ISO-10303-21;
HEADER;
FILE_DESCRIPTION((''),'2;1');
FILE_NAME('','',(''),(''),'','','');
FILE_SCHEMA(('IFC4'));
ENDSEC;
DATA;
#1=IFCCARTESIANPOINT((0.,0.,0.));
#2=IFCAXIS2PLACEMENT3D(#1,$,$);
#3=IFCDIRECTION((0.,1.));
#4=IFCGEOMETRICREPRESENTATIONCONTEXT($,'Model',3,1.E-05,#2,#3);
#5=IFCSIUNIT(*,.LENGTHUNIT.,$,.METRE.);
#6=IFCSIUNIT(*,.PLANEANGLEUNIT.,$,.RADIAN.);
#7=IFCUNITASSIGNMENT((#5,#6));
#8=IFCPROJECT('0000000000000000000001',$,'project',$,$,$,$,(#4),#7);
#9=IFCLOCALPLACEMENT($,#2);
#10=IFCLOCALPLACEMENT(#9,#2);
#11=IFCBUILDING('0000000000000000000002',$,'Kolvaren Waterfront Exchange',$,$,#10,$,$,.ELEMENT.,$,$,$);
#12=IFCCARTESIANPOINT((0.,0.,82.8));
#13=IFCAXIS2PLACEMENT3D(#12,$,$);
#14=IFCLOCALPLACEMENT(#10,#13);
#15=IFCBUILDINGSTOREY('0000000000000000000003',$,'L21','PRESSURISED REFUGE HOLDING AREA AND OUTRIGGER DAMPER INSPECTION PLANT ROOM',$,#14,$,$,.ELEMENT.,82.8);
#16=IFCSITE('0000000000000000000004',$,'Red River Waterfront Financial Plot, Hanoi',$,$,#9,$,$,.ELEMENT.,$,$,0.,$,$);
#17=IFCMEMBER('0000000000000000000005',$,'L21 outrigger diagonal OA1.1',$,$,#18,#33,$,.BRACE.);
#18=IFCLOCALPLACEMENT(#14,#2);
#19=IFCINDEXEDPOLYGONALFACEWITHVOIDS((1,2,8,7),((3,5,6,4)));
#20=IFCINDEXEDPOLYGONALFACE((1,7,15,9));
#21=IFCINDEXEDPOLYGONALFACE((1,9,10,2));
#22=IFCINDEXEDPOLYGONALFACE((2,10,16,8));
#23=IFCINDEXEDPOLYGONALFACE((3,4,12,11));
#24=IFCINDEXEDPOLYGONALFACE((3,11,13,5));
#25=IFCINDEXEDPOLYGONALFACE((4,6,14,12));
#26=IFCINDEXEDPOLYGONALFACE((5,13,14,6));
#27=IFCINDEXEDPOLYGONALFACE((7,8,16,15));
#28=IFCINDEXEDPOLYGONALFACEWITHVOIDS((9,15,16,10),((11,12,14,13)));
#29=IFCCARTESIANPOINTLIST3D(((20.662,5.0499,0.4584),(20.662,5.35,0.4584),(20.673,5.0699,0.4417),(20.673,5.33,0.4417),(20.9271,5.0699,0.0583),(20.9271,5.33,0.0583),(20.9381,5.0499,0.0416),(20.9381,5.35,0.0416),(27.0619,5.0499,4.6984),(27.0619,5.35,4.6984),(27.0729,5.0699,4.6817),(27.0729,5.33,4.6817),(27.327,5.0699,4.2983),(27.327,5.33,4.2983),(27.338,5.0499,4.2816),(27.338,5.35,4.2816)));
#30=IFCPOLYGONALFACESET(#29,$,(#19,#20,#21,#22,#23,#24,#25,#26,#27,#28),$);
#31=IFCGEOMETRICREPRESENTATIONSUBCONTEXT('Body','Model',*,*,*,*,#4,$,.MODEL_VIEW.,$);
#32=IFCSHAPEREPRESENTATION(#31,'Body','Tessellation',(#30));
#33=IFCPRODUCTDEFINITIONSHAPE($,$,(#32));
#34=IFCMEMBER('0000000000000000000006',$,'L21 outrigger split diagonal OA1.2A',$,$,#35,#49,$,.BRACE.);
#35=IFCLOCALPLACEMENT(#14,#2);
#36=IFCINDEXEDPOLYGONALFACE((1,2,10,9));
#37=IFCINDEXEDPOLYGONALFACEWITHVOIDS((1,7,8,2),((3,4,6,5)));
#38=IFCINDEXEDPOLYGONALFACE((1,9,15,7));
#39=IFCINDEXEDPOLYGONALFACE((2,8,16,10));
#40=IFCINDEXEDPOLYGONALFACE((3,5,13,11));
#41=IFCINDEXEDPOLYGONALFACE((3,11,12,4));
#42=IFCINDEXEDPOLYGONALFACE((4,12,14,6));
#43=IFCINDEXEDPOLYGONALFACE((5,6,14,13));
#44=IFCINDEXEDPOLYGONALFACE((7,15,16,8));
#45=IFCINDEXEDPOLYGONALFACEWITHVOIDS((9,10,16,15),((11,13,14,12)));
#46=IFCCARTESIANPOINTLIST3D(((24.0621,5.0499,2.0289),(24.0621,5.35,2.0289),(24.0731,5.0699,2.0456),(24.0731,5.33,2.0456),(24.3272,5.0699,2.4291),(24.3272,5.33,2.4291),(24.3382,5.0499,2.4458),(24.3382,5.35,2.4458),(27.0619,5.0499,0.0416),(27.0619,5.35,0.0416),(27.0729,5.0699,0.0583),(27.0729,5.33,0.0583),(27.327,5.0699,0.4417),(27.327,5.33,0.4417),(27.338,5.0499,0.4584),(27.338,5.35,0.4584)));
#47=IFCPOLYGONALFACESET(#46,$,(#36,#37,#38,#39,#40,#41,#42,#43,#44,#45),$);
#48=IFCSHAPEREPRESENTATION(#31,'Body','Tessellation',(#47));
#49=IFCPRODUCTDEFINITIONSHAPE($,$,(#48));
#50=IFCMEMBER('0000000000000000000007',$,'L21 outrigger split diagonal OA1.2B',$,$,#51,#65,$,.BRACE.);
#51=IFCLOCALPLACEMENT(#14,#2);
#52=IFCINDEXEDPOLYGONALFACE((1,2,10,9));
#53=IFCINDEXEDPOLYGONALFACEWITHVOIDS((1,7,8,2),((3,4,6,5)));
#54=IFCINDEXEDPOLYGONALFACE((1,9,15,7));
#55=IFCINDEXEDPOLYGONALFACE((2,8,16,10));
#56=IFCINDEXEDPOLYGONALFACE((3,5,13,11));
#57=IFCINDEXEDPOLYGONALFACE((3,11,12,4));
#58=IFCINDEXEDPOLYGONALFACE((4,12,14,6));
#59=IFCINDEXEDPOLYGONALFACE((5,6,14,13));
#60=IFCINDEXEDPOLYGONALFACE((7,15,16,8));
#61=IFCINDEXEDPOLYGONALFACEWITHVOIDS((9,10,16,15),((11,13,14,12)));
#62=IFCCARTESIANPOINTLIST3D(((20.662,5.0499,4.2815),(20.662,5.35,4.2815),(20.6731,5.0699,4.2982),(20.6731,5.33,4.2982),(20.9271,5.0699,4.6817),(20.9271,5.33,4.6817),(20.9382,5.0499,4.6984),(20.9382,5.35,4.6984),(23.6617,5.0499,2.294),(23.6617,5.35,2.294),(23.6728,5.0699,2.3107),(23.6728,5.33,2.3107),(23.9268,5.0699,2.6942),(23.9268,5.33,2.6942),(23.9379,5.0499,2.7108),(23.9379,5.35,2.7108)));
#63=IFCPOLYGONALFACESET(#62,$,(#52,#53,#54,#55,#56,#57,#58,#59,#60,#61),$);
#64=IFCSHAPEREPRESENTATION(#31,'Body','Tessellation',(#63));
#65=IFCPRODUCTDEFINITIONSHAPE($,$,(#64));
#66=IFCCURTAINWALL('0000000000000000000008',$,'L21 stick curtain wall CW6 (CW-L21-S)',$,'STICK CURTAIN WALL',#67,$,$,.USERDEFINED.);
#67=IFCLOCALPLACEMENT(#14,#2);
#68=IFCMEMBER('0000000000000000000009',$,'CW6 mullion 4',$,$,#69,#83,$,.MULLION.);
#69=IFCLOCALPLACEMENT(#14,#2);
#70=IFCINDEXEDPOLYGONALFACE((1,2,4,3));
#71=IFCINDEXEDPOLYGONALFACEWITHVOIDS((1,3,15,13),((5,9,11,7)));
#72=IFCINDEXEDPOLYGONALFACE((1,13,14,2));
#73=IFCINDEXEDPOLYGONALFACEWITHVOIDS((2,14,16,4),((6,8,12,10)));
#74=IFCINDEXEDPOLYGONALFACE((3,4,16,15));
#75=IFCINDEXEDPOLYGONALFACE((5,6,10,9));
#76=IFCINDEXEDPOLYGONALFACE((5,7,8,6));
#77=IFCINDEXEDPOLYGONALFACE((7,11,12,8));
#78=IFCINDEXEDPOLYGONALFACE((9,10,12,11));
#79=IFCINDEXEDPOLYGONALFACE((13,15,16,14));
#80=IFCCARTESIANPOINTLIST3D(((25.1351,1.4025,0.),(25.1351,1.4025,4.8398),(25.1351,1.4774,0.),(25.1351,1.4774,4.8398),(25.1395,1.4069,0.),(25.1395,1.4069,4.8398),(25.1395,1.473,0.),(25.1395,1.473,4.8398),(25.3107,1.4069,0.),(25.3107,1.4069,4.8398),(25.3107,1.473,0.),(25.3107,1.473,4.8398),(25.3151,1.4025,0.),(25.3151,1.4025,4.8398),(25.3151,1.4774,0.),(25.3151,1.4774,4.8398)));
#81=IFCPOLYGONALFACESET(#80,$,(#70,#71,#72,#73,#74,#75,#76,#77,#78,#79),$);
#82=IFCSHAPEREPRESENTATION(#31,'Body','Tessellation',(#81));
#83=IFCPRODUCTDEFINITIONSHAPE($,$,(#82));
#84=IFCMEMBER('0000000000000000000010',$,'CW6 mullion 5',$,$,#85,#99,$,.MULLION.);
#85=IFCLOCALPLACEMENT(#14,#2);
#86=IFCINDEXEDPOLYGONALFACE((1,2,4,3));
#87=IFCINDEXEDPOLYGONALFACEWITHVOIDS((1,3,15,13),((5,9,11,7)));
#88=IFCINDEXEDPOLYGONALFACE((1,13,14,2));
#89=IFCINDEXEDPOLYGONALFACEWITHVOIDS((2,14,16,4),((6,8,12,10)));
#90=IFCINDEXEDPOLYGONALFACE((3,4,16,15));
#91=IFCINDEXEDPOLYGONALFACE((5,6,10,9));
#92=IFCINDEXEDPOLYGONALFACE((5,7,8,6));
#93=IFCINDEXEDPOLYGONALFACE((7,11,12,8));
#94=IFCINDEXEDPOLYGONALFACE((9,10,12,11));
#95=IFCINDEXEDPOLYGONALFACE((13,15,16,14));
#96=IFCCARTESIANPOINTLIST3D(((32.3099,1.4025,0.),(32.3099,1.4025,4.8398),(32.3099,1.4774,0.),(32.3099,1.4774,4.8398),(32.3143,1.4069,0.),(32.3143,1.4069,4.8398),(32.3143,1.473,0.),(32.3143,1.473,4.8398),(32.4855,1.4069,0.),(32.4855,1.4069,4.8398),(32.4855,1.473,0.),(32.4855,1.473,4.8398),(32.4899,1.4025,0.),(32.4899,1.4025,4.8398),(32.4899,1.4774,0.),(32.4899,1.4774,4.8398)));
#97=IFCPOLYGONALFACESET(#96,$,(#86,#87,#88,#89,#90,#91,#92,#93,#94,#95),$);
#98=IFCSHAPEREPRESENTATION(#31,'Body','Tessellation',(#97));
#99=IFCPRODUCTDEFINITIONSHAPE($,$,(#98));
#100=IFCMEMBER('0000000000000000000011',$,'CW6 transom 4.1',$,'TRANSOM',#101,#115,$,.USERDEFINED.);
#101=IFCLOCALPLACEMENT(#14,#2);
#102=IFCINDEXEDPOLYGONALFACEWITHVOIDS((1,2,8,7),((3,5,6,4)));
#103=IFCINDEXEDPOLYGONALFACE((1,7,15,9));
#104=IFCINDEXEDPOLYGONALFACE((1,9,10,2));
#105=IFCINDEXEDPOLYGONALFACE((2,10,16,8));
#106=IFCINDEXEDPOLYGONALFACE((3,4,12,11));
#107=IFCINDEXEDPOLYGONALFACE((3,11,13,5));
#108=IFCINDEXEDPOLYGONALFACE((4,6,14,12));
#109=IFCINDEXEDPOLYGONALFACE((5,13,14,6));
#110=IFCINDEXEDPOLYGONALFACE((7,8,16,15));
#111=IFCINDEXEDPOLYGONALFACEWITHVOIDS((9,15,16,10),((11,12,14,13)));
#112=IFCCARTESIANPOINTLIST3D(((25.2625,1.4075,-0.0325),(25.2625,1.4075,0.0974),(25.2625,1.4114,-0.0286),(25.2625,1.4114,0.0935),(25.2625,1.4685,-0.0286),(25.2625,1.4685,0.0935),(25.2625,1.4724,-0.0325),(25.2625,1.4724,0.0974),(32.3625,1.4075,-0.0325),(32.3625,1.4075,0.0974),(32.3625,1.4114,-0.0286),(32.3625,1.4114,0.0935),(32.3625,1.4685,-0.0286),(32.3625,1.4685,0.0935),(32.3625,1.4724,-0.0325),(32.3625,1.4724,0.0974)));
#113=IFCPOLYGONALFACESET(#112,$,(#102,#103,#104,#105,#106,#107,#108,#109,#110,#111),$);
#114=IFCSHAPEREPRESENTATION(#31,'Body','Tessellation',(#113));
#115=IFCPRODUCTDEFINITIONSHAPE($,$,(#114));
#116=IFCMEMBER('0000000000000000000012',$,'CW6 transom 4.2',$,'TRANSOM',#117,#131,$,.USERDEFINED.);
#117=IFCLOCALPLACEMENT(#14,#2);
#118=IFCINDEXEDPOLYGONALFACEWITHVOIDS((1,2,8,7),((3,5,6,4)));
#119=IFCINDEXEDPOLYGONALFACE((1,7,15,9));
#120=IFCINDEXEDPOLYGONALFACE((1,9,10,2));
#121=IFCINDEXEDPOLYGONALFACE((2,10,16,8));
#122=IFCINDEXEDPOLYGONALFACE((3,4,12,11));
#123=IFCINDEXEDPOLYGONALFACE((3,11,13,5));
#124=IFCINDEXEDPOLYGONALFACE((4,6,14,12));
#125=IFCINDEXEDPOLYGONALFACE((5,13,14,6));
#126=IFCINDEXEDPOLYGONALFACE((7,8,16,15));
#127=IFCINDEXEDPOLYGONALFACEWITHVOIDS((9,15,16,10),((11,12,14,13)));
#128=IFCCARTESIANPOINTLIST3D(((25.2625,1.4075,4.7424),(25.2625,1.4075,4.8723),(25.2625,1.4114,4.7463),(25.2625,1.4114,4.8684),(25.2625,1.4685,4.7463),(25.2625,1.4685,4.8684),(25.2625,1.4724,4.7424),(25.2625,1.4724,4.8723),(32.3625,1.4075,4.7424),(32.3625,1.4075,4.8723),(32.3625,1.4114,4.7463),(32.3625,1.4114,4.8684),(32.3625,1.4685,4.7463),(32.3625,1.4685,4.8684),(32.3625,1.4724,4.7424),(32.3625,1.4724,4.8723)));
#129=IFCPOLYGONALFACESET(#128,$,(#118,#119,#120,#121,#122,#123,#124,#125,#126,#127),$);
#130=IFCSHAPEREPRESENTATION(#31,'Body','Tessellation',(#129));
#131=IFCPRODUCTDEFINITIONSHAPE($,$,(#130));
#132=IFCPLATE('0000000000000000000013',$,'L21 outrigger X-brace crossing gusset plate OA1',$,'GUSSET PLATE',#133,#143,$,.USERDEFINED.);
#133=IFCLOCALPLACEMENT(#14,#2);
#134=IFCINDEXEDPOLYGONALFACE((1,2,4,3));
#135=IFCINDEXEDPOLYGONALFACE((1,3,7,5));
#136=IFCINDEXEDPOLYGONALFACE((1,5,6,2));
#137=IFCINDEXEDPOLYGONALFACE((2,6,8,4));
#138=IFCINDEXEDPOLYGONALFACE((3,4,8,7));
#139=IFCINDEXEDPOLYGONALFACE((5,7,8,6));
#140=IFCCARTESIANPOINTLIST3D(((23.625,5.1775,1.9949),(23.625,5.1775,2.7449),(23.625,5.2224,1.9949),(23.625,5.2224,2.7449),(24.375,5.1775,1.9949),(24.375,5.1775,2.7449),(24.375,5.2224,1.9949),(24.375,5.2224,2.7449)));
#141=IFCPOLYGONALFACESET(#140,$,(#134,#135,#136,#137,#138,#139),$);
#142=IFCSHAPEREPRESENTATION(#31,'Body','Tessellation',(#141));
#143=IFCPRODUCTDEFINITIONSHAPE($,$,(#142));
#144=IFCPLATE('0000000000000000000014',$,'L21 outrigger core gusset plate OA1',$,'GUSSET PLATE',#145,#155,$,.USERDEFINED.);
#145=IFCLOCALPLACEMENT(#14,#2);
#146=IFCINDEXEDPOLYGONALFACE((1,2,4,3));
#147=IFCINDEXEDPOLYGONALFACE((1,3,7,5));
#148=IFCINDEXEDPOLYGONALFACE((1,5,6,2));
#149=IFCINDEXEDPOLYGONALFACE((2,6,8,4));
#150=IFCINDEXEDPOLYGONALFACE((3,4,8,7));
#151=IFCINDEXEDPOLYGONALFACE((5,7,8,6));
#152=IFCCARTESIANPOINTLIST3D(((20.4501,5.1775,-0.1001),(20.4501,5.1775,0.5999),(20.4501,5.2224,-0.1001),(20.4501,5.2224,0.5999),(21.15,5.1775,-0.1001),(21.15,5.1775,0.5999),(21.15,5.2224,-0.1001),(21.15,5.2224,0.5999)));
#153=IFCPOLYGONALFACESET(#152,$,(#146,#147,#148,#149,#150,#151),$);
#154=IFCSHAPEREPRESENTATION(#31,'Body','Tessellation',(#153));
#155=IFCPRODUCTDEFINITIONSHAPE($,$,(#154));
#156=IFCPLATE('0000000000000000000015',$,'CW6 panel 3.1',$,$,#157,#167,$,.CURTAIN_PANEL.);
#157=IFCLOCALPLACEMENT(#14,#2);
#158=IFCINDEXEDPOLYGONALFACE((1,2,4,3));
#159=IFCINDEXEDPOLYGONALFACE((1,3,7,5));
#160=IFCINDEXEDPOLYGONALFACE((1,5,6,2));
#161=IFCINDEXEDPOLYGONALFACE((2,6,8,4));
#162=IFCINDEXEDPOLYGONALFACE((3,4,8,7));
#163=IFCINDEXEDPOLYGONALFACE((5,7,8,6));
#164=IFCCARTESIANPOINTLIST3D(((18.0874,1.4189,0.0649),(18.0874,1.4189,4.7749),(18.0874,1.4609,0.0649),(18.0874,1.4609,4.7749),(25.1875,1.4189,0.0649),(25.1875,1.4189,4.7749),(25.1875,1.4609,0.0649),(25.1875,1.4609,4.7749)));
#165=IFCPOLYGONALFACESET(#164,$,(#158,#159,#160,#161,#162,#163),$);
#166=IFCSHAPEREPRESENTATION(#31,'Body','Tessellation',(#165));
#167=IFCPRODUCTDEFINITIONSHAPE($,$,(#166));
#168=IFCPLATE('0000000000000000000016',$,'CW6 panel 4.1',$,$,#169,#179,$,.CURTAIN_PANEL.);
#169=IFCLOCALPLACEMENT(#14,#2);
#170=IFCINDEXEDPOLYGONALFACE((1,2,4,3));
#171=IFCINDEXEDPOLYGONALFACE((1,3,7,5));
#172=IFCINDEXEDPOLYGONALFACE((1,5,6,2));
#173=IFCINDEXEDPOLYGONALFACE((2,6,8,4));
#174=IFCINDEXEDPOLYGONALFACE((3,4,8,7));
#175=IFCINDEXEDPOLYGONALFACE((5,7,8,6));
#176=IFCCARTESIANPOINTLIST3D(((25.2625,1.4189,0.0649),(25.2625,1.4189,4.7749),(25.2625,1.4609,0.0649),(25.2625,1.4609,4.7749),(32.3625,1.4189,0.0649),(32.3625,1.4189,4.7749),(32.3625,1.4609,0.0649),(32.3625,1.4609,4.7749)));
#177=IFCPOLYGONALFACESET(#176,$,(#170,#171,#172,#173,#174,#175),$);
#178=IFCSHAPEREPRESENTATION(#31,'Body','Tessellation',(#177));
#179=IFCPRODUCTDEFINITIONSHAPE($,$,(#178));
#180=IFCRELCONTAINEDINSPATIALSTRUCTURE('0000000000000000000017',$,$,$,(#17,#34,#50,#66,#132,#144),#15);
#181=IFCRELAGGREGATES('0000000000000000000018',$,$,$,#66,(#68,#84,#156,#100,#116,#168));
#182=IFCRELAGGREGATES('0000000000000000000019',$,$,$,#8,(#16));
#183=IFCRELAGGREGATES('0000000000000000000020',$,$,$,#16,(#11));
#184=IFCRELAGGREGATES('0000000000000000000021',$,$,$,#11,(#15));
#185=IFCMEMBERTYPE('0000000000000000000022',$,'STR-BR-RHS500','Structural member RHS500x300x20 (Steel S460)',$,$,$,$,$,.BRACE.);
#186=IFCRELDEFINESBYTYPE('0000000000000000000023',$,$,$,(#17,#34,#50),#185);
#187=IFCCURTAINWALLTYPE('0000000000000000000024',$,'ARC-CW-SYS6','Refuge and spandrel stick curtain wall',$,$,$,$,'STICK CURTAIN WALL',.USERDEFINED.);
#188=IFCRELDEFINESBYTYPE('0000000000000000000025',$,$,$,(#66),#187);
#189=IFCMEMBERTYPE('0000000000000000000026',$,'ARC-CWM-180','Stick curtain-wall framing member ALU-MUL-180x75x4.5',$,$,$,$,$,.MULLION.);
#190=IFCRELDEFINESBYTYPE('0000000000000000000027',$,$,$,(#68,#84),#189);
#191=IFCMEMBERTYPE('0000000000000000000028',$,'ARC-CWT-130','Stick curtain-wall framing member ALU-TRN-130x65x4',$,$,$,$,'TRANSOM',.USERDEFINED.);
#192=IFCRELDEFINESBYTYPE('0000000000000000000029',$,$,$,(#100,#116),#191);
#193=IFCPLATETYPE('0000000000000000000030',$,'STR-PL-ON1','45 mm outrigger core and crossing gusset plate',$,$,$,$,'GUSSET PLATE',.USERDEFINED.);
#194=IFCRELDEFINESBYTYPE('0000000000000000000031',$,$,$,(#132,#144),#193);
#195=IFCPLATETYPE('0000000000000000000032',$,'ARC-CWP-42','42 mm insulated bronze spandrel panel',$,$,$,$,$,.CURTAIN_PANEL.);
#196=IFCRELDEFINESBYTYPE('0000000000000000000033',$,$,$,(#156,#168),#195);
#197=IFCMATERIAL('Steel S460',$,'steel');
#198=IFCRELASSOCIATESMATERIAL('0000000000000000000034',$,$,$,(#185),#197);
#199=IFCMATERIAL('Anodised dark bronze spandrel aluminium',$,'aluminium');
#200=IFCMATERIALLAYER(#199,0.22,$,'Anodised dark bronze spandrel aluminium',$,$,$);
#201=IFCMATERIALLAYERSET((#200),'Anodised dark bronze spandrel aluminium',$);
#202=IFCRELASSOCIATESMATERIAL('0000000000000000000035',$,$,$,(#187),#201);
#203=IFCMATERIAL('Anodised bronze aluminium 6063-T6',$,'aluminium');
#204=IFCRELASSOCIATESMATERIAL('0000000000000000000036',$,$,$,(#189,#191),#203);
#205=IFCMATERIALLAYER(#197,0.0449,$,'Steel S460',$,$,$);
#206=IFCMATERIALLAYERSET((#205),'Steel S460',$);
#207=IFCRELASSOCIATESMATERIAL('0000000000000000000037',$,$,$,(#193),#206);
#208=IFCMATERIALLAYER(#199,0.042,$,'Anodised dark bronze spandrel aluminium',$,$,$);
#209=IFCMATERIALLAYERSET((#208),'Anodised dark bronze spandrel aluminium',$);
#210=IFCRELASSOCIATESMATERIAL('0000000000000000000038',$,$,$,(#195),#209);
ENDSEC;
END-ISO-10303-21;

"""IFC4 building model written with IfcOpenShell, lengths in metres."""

from ifc_helpers import new_model, si_unit, direction, frame, origin, origin_with_axes, origin_2d, place, context, subcontext, project, spatial, rectangle, hollow_rectangle, extrude, source, transform, mapped, material, layer, layer_set, material_profile, profile_set, type_object, element, aggregate, save


model = new_model("IFC4")

# Units and contexts
model_context = context("Model", 3, precision=1e-05, world=origin(), true_north=direction((0.0, 1.0)))
body_context = subcontext(model_context, "Body", "Model", "MODEL_VIEW")
ifc_project = project(units=[si_unit("LENGTHUNIT", "METRE"), si_unit("PLANEANGLEUNIT", "RADIAN")], contexts=[model_context])

# Site, building, storey
site_placement = place(None, origin())
site = spatial("IfcSite", under=ifc_project, at=site_placement, Name="Red River Waterfront Financial Plot, Hanoi", CompositionType="ELEMENT", RefElevation=0.0)
building_placement = place(site_placement, origin())
building = spatial("IfcBuilding", under=site, at=building_placement, Name="Kolvaren Waterfront Exchange", CompositionType="ELEMENT")
storey_placement = place(building_placement, frame((0.0, 0.0, 82.8)))
storey = spatial("IfcBuildingStorey", under=building, at=storey_placement, Name="L21", Description="PRESSURISED REFUGE HOLDING AREA AND OUTRIGGER DAMPER INSPECTION PLANT ROOM", CompositionType="ELEMENT", Elevation=82.8)

# Members
ifc_material_1 = material(Name="Steel S460", Category="steel")
ifc_material_profile_1 = material_profile(ifc_material_1, hollow_rectangle(XDim=0.3, YDim=0.5, WallThickness=0.02, at=origin_2d()), Name="RHS500x300x20")
ifc_profile_set_1 = profile_set([ifc_material_profile_1], Name="Steel S460")
member_type_1 = type_object("IfcMemberType", Name="STR-BR-RHS500", Description="Structural member RHS500x300x20 (Steel S460)", PredefinedType="BRACE", material=ifc_profile_set_1)
member_1_placement = place(storey_placement, frame((20.8, 5.2, 0.25), z_axis=(0.833647, 0.0, 0.552298), x_axis=(0.0, 1.0, 0.0)))
element("IfcMember", 1, at=member_1_placement, inside=storey, type_object=member_type_1, Name="L21 outrigger diagonal OA1.1", PredefinedType="BRACE", context=body_context, shape_type="SweptSolid", body=[
    extrude(hollow_rectangle(XDim=0.3, YDim=0.5, WallThickness=0.02, at=origin_2d()), origin(), (0.0, 0.0, 1.0), 7.677),
])
for number, where, z_axis, x_axis, name in (
    (2, (27.2, 5.2, 0.25), (-0.833654, 0.0, 0.552287), (0.0, -1.0, 0.0), "L21 outrigger split diagonal OA1.2A"),
    (3, (23.7998, 5.2, 2.5024), (-0.833623, 0.0, 0.552334), (0.0, -1.0, 0.0), "L21 outrigger split diagonal OA1.2B"),
):
    element("IfcMember", number, at=place(storey_placement, frame(where, z_axis=z_axis, x_axis=x_axis)), inside=storey, type_object=member_type_1, Name=name, PredefinedType="BRACE", context=body_context, shape_type="SweptSolid", body=[
        extrude(hollow_rectangle(XDim=0.3, YDim=0.5, WallThickness=0.02, at=origin_2d()), origin(), (0.0, 0.0, 1.0), 3.5984),
    ])

# Curtain wall, members
ifc_material_2 = material(Name="Anodised dark bronze spandrel aluminium", Category="aluminium")
ifc_layer_1 = layer(ifc_material_2, 0.22, Name="Anodised dark bronze spandrel aluminium")
ifc_layer_set_1 = layer_set([ifc_layer_1], Name="Anodised dark bronze spandrel aluminium")
curtain_wall_type = type_object("IfcCurtainWallType", Name="ARC-CW-SYS6", Description="Refuge and spandrel stick curtain wall", ElementType="STICK CURTAIN WALL", PredefinedType="USERDEFINED", material=ifc_layer_set_1)
curtain_wall_placement = place(storey_placement, origin())
curtain_wall = element("IfcCurtainWall", 4, at=curtain_wall_placement, inside=storey, type_object=curtain_wall_type, Name="L21 stick curtain wall CW6 (CW-L21-S)", ObjectType="STICK CURTAIN WALL", PredefinedType="USERDEFINED")
ifc_material_3 = material(Name="Anodised bronze aluminium 6063-T6", Category="aluminium")
ifc_material_profile_2 = material_profile(ifc_material_3, hollow_rectangle(XDim=0.075, YDim=0.1799, WallThickness=0.0044, at=origin_2d()), Name="ALU-MUL-180x75x4.5")
ifc_profile_set_2 = profile_set([ifc_material_profile_2], Name="Anodised bronze aluminium 6063-T6")
member_type_2 = type_object("IfcMemberType", Name="ARC-CWM-180", Description="Stick curtain-wall framing member ALU-MUL-180x75x4.5", PredefinedType="MULLION", material=ifc_profile_set_2)
shared_shape_1 = source(origin_with_axes(), body_context, "Body", "SweptSolid", [
    extrude(hollow_rectangle(XDim=0.075, YDim=0.1799, WallThickness=0.0044, at=origin_2d()), origin(), (0.0, 0.0, 1.0), 4.8398),
])
member_2_placement = place(storey_placement, frame((25.2251, 1.4399, 0.0), z_axis=(0.0, 0.0, 1.0), x_axis=(0.0, 1.0, 0.0)))
member_2 = element("IfcMember", 5, at=member_2_placement, type_object=member_type_2, Name="CW6 mullion 4", PredefinedType="MULLION", context=body_context, shape_type="MappedRepresentation", body=[
    mapped(shared_shape_1, transform((0.0, 0.0, 0.0), x_axis=(1.0, 0.0, 0.0), y_axis=(0.0, 1.0, 0.0), z_axis=(0.0, 0.0, 1.0), scale=1.0)),
])
member_3_placement = place(storey_placement, frame((32.3999, 1.4399, 0.0), z_axis=(0.0, 0.0, 1.0), x_axis=(0.0, 1.0, 0.0)))
member_3 = element("IfcMember", 6, at=member_3_placement, type_object=member_type_2, Name="CW6 mullion 5", PredefinedType="MULLION", context=body_context, shape_type="MappedRepresentation", body=[
    mapped(shared_shape_1, transform((0.0, 0.0, 0.0), x_axis=(1.0, 0.0, 0.0), y_axis=(0.0, 1.0, 0.0), z_axis=(0.0, 0.0, 1.0), scale=1.0)),
])
ifc_material_profile_3 = material_profile(ifc_material_3, hollow_rectangle(XDim=0.0649, YDim=0.1299, WallThickness=0.0039, at=origin_2d()), Name="ALU-TRN-130x65x4")
ifc_profile_set_3 = profile_set([ifc_material_profile_3], Name="Anodised bronze aluminium 6063-T6")
member_type_3 = type_object("IfcMemberType", Name="ARC-CWT-130", Description="Stick curtain-wall framing member ALU-TRN-130x65x4", ElementType="TRANSOM", PredefinedType="USERDEFINED", material=ifc_profile_set_3)
shared_shape_2 = source(origin_with_axes(), body_context, "Body", "SweptSolid", [
    extrude(hollow_rectangle(XDim=0.0649, YDim=0.1299, WallThickness=0.0039, at=origin_2d()), origin(), (0.0, 0.0, 1.0), 7.1001),
])
member_4_placement = place(storey_placement, frame((25.2625, 1.4399, 0.0325), z_axis=(1.0, 0.0, 0.0), x_axis=(0.0, 1.0, 0.0)))
member_4 = element("IfcMember", 7, at=member_4_placement, type_object=member_type_3, Name="CW6 transom 4.1", ObjectType="TRANSOM", PredefinedType="USERDEFINED", context=body_context, shape_type="MappedRepresentation", body=[
    mapped(shared_shape_2, transform((0.0, 0.0, 0.0), x_axis=(1.0, 0.0, 0.0), y_axis=(0.0, 1.0, 0.0), z_axis=(0.0, 0.0, 1.0), scale=1.0)),
])
member_5_placement = place(storey_placement, frame((25.2625, 1.4399, 4.8074), z_axis=(1.0, 0.0, 0.0), x_axis=(0.0, 1.0, 0.0)))
member_5 = element("IfcMember", 8, at=member_5_placement, type_object=member_type_3, Name="CW6 transom 4.2", ObjectType="TRANSOM", PredefinedType="USERDEFINED", context=body_context, shape_type="MappedRepresentation", body=[
    mapped(shared_shape_2, transform((0.0, 0.0, 0.0), x_axis=(1.0, 0.0, 0.0), y_axis=(0.0, 1.0, 0.0), z_axis=(0.0, 0.0, 1.0), scale=1.0)),
])

# Plates
ifc_layer_2 = layer(ifc_material_1, 0.0449, Name="Steel S460")
ifc_layer_set_2 = layer_set([ifc_layer_2], Name="Steel S460")
plate_type_1 = type_object("IfcPlateType", Name="STR-PL-ON1", Description="45 mm outrigger core and crossing gusset plate", ElementType="GUSSET PLATE", PredefinedType="USERDEFINED", material=ifc_layer_set_2)
shared_shape_3 = source(origin_with_axes(), body_context, "Body", "SweptSolid", [
    extrude(rectangle(XDim=0.75, YDim=0.0449, at=origin_2d()), origin(), (0.0, 0.0, 1.0), 0.75),
])
plate_1_placement = place(storey_placement, frame((24.0, 5.2, 1.9949), z_axis=(0.0, 0.0, 1.0), x_axis=(1.0, 0.0, 0.0)))
element("IfcPlate", 9, at=plate_1_placement, inside=storey, type_object=plate_type_1, Name="L21 outrigger X-brace crossing gusset plate OA1", ObjectType="GUSSET PLATE", PredefinedType="USERDEFINED", context=body_context, shape_type="MappedRepresentation", body=[
    mapped(shared_shape_3, transform((0.0, 0.0, 0.0), x_axis=(1.0, 0.0, 0.0), y_axis=(0.0, 1.0, 0.0), z_axis=(0.0, 0.0, 1.0), scale=1.0)),
])
shared_shape_4 = source(origin_with_axes(), body_context, "Body", "SweptSolid", [
    extrude(rectangle(XDim=0.7, YDim=0.0449, at=origin_2d()), origin(), (0.0, 0.0, 1.0), 0.7),
])
plate_2_placement = place(storey_placement, frame((20.8, 5.2, -0.1001), z_axis=(0.0, 0.0, 1.0), x_axis=(1.0, 0.0, 0.0)))
element("IfcPlate", 10, at=plate_2_placement, inside=storey, type_object=plate_type_1, Name="L21 outrigger core gusset plate OA1", ObjectType="GUSSET PLATE", PredefinedType="USERDEFINED", context=body_context, shape_type="MappedRepresentation", body=[
    mapped(shared_shape_4, transform((0.0, 0.0, 0.0), x_axis=(1.0, 0.0, 0.0), y_axis=(0.0, 1.0, 0.0), z_axis=(0.0, 0.0, 1.0), scale=1.0)),
])

# Plates
ifc_layer_3 = layer(ifc_material_2, 0.042, Name="Anodised dark bronze spandrel aluminium")
ifc_layer_set_3 = layer_set([ifc_layer_3], Name="Anodised dark bronze spandrel aluminium")
plate_type_2 = type_object("IfcPlateType", Name="ARC-CWP-42", Description="42 mm insulated bronze spandrel panel", PredefinedType="CURTAIN_PANEL", material=ifc_layer_set_3)
shared_shape_5 = source(origin_with_axes(), body_context, "Body", "SweptSolid", [
    extrude(rectangle(XDim=7.1001, YDim=0.042, at=origin_2d()), origin(), (0.0, 0.0, 1.0), 4.71),
])
plate_3_placement = place(storey_placement, frame((21.6375, 1.4399, 0.0649), z_axis=(0.0, 0.0, 1.0), x_axis=(1.0, 0.0, 0.0)))
plate_3 = element("IfcPlate", 11, at=plate_3_placement, type_object=plate_type_2, Name="CW6 panel 3.1", PredefinedType="CURTAIN_PANEL", context=body_context, shape_type="MappedRepresentation", body=[
    mapped(shared_shape_5, transform((0.0, 0.0, 0.0), x_axis=(1.0, 0.0, 0.0), y_axis=(0.0, 1.0, 0.0), z_axis=(0.0, 0.0, 1.0), scale=1.0)),
])
plate_4_placement = place(storey_placement, frame((28.8125, 1.4399, 0.0649), z_axis=(0.0, 0.0, 1.0), x_axis=(1.0, 0.0, 0.0)))
plate_4 = element("IfcPlate", 12, at=plate_4_placement, type_object=plate_type_2, Name="CW6 panel 4.1", PredefinedType="CURTAIN_PANEL", context=body_context, shape_type="MappedRepresentation", body=[
    mapped(shared_shape_5, transform((0.0, 0.0, 0.0), x_axis=(1.0, 0.0, 0.0), y_axis=(0.0, 1.0, 0.0), z_axis=(0.0, 0.0, 1.0), scale=1.0)),
])
aggregate(curtain_wall, [member_2, member_3, plate_3, member_4, member_5, plate_4])

save(model, "model.ifc")
